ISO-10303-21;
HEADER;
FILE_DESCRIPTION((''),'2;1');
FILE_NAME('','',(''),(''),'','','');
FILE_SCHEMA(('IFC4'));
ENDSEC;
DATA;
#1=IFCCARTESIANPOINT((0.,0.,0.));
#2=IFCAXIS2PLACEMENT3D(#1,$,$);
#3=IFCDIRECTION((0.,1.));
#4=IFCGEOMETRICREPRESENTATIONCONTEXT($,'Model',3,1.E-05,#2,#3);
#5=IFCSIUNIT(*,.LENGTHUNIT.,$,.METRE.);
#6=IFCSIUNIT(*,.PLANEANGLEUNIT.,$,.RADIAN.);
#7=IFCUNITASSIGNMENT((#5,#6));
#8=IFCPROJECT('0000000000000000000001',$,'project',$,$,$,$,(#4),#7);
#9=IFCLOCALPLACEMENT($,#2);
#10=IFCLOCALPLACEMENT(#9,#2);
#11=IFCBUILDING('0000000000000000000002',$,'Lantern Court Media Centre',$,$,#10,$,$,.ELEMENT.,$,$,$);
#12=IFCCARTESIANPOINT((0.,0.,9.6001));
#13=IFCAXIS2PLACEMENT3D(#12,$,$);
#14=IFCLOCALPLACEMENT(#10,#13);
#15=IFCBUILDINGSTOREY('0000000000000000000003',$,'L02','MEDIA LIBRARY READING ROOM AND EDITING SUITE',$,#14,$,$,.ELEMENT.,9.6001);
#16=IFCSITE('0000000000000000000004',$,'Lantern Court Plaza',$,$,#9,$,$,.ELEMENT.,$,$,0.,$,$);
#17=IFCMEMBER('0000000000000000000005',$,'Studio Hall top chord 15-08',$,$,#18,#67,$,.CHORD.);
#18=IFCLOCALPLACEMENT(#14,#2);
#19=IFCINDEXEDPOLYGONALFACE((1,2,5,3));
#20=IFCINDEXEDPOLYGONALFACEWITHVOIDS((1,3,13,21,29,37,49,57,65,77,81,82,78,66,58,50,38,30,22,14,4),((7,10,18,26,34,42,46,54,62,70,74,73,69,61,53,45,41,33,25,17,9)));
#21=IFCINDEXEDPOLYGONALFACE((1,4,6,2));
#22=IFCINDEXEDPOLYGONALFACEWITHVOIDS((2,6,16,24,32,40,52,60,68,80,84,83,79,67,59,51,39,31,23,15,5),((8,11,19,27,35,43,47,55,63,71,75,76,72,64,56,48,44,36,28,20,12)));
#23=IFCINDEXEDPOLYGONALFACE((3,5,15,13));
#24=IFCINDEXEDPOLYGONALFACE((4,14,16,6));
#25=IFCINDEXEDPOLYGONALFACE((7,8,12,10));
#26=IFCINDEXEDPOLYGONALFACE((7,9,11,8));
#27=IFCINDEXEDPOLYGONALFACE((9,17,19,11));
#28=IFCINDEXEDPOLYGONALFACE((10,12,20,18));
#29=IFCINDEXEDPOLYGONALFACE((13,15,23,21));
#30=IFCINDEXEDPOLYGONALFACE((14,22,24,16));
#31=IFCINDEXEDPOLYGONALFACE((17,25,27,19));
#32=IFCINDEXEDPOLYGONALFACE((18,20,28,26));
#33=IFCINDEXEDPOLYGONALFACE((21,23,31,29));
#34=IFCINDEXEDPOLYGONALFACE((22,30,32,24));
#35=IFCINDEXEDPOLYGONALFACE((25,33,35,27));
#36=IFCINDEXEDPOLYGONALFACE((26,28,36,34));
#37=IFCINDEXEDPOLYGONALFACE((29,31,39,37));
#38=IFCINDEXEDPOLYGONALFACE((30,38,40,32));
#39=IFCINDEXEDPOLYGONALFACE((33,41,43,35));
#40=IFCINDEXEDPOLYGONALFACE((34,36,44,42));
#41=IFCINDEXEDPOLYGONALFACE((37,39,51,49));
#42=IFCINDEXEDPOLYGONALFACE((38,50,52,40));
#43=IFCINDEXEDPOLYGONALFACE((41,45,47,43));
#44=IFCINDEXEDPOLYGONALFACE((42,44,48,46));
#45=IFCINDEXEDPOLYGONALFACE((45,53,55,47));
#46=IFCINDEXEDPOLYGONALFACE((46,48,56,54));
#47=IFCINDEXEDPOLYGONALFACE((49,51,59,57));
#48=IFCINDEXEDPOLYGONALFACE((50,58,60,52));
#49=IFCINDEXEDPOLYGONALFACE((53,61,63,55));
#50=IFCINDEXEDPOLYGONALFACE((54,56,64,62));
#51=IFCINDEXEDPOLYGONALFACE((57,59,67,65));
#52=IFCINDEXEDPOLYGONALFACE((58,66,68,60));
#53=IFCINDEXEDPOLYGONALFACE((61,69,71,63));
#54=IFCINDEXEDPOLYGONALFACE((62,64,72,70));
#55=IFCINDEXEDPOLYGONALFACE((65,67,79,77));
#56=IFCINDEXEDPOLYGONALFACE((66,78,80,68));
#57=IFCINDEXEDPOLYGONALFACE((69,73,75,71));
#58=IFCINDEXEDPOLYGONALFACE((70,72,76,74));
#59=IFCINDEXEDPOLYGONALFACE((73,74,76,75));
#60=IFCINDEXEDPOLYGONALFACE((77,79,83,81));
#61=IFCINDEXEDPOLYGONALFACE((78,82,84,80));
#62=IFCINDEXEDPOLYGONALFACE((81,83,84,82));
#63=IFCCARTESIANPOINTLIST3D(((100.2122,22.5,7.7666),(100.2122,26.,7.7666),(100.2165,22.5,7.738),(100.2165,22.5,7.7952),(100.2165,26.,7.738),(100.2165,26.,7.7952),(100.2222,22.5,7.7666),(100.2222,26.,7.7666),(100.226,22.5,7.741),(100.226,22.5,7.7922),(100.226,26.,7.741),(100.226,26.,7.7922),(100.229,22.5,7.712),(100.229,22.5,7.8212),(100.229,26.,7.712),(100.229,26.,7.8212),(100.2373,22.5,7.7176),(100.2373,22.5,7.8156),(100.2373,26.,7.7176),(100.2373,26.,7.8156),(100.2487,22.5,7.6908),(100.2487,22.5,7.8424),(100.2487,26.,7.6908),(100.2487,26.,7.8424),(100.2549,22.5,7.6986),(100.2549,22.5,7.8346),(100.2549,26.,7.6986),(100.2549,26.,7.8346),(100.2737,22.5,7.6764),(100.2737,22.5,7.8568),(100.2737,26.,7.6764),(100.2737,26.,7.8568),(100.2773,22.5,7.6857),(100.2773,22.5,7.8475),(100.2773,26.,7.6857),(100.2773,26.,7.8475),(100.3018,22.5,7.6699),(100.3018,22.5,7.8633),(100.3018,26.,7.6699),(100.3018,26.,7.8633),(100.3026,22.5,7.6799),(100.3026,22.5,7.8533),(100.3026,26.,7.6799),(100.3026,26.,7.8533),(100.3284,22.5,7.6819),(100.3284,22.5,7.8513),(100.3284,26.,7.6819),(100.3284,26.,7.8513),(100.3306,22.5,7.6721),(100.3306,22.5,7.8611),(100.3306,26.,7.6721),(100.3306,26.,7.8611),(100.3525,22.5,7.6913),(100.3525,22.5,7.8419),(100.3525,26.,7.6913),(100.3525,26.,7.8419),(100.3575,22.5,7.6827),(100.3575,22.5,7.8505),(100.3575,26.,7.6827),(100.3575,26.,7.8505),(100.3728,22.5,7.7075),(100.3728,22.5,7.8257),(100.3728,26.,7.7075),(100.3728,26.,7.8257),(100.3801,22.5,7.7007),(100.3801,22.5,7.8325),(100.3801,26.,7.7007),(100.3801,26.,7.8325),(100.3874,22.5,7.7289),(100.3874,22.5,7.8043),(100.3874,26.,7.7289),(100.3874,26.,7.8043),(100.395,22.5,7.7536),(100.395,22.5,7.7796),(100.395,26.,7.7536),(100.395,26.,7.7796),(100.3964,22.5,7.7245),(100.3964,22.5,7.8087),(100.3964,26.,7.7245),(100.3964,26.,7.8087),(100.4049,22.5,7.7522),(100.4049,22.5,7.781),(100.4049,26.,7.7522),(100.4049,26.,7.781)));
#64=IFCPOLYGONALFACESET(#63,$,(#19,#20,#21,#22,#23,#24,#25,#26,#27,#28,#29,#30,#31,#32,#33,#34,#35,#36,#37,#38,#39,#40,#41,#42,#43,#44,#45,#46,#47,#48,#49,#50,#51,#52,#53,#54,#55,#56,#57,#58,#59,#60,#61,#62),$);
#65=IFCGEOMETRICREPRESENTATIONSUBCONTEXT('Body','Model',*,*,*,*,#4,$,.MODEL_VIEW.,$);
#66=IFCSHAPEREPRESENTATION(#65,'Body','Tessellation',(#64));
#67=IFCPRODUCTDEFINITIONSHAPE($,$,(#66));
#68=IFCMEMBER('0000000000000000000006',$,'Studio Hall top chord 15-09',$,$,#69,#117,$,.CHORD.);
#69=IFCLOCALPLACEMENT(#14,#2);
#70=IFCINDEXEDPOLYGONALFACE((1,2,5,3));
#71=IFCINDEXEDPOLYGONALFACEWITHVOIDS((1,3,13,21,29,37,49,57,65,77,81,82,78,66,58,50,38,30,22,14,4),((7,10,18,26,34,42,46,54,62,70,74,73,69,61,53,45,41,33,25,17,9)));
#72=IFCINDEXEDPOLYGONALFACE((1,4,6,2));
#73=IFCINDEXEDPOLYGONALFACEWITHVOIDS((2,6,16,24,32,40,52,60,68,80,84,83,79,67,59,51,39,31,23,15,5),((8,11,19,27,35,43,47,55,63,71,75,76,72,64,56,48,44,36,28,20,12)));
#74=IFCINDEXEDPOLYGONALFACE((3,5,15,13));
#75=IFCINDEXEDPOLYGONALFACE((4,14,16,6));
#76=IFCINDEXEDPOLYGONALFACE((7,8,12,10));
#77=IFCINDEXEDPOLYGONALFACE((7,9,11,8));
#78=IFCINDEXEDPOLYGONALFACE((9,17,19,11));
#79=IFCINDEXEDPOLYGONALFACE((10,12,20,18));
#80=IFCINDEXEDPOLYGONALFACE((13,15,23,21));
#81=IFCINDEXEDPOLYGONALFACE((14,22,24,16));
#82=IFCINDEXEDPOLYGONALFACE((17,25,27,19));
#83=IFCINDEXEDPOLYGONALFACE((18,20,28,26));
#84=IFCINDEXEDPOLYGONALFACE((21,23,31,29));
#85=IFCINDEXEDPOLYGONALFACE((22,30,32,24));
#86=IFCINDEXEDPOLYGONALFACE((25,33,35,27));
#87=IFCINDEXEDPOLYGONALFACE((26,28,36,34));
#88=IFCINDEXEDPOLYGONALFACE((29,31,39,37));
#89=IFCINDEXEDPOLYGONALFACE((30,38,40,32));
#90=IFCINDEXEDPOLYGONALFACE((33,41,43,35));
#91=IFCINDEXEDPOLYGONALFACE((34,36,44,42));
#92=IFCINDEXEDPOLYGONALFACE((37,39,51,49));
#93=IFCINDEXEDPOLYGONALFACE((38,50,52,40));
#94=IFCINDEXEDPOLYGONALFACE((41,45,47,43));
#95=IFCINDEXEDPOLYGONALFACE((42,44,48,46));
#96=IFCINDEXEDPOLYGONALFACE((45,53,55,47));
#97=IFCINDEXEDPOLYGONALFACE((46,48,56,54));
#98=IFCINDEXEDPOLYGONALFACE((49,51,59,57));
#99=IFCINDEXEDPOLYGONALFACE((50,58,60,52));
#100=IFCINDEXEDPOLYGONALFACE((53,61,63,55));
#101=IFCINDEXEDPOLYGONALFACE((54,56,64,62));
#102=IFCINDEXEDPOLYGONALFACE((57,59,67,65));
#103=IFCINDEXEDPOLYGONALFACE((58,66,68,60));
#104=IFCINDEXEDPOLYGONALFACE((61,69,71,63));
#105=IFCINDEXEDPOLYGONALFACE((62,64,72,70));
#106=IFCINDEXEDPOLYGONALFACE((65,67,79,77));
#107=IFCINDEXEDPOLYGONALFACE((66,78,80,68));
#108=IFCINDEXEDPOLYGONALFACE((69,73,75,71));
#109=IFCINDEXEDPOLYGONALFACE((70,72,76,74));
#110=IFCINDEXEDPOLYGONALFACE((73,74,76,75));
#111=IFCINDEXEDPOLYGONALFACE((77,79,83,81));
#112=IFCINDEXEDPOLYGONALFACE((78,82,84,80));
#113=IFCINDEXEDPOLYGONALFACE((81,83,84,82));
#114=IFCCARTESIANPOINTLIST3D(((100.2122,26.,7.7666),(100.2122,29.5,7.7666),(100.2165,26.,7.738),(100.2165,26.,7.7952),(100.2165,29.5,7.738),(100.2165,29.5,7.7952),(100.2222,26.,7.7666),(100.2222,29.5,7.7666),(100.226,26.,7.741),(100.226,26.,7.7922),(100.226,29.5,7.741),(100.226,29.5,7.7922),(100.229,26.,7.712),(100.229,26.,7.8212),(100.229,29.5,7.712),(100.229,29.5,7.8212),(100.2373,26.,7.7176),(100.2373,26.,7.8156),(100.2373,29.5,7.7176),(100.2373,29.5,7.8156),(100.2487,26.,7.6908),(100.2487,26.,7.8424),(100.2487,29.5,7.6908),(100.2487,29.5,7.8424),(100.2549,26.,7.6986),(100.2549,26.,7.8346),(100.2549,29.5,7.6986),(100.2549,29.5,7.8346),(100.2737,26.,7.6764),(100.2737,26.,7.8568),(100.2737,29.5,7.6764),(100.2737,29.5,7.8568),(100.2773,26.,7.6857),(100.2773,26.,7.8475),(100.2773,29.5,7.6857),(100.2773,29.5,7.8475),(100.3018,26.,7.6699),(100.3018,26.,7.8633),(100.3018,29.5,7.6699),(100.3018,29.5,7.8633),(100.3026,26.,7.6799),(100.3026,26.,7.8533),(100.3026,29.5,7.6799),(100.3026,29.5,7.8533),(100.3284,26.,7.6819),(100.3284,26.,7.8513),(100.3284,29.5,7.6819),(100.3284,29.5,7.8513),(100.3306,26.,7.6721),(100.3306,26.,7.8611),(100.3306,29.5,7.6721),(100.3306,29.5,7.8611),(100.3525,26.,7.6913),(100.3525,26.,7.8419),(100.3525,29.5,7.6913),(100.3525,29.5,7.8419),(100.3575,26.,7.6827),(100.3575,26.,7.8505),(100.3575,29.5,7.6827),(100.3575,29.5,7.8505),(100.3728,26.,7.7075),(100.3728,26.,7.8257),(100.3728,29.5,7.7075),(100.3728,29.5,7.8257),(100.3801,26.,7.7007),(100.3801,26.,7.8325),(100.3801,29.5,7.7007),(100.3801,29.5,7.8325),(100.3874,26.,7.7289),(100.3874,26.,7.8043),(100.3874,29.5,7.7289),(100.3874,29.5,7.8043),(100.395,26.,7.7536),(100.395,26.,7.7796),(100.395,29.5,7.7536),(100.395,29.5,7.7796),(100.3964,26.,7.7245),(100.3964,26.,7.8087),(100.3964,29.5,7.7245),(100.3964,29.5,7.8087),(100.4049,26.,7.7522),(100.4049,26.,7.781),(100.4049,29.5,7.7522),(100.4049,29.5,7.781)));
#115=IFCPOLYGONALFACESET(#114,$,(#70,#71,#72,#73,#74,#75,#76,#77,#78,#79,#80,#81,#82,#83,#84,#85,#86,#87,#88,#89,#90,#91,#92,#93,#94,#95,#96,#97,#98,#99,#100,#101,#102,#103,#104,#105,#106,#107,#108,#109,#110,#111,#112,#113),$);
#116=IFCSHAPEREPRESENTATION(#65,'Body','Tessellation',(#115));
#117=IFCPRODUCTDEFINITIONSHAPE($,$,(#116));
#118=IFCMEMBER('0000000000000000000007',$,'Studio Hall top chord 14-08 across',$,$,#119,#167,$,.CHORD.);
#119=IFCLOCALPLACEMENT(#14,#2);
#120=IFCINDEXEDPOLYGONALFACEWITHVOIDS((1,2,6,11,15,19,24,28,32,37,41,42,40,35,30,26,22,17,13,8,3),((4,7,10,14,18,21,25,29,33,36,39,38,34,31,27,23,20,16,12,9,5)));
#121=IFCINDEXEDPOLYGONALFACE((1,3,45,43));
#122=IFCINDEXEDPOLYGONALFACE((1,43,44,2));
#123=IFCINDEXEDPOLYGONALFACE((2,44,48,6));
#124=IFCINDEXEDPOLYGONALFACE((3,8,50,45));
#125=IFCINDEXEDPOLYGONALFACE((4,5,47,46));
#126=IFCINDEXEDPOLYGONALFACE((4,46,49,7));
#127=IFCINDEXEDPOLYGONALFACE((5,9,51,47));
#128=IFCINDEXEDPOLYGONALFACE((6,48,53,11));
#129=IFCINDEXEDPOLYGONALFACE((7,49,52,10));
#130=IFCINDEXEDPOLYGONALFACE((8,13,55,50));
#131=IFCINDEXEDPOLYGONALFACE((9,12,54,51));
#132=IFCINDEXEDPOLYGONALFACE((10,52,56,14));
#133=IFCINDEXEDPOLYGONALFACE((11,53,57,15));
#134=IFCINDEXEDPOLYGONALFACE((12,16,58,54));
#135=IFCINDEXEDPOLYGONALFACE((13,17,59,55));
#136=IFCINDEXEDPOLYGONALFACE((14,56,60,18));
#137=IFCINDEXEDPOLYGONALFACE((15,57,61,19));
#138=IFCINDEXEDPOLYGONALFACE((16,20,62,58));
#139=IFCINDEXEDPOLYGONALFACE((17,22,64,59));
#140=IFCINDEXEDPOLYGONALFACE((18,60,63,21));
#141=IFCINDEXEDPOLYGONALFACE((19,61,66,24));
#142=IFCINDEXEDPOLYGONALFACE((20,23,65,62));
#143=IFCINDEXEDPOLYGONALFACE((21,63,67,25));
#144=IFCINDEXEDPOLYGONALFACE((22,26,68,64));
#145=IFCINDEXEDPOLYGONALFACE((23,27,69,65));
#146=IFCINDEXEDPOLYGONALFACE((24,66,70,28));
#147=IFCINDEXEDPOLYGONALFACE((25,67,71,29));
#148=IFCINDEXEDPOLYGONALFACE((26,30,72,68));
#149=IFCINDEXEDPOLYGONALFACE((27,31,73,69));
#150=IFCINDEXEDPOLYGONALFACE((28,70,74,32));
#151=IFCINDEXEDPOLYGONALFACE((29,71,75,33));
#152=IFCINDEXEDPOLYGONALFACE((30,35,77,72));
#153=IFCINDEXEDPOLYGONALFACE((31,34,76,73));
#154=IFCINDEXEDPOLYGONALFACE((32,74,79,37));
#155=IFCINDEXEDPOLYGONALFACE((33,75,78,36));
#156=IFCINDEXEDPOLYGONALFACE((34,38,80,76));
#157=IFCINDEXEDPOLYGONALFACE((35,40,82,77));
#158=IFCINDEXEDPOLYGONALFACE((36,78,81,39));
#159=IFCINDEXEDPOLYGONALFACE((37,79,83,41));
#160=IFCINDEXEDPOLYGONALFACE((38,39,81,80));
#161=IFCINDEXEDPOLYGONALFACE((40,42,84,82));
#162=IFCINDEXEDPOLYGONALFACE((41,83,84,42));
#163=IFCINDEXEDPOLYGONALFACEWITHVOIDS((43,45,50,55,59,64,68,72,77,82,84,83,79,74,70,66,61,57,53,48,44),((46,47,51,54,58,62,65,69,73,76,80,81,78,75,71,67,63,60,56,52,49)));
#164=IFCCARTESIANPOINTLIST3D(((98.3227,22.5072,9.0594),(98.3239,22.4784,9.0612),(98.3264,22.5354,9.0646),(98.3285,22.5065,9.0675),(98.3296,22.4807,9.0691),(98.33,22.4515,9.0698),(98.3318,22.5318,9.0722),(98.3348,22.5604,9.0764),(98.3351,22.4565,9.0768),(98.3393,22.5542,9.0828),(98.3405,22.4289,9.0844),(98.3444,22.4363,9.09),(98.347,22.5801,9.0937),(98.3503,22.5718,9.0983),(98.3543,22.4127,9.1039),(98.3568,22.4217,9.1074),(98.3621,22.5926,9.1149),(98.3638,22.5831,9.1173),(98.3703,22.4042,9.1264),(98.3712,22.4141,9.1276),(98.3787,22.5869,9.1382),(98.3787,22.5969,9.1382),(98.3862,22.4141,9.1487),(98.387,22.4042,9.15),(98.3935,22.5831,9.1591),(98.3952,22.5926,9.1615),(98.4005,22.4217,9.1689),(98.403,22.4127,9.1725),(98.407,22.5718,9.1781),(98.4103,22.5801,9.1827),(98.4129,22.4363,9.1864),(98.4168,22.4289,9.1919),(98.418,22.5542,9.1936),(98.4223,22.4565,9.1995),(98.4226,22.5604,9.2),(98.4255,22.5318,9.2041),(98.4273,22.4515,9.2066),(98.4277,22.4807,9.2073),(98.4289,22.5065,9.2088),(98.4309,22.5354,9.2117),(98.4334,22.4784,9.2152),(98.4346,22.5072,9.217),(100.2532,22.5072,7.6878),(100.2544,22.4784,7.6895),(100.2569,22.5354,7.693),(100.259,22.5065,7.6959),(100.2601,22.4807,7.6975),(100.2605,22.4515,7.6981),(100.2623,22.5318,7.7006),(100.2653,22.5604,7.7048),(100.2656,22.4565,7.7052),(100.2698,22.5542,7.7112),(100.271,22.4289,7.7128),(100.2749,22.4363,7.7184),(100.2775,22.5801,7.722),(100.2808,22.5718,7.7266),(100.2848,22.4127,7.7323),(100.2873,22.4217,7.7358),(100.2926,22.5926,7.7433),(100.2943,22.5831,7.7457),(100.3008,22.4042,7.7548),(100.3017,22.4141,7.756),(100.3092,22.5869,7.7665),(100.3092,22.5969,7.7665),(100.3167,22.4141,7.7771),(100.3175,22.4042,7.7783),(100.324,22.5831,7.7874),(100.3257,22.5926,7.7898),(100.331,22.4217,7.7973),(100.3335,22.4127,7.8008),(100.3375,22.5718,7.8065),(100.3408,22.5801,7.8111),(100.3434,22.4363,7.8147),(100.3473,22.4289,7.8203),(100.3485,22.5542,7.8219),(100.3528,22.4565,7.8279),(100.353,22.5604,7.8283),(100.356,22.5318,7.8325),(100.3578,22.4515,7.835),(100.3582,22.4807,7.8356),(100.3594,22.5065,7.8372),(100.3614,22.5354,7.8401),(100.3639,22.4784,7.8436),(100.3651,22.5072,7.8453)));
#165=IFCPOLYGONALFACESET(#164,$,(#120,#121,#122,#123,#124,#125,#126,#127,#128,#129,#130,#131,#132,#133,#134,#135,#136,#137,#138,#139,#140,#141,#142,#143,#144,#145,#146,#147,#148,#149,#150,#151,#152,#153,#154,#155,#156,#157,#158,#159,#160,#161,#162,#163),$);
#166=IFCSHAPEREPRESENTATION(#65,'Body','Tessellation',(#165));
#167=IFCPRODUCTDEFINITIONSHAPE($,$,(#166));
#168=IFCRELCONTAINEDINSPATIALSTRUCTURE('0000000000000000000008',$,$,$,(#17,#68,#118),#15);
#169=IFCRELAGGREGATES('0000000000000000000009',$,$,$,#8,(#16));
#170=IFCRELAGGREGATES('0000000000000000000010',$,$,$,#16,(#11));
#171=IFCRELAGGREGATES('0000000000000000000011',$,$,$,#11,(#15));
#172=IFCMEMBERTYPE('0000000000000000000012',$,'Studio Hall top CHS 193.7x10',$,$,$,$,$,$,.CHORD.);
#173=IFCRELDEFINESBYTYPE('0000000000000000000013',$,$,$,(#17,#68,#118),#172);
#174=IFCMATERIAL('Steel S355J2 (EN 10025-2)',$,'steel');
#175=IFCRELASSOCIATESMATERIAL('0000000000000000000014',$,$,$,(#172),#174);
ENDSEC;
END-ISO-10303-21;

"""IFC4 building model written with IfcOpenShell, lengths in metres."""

from ifc_helpers import new_model, si_unit, direction, frame, origin, origin_2d, place, context, subcontext, project, spatial, hollow_circle, extrude, material, material_profile, profile_set, type_object, element, save


model = new_model("IFC4")

# Units and contexts
model_context = context("Model", 3, precision=1e-05, world=origin(), true_north=direction((0.0, 1.0)))
body_context = subcontext(model_context, "Body", "Model", "MODEL_VIEW")
ifc_project = project(units=[si_unit("LENGTHUNIT", "METRE"), si_unit("PLANEANGLEUNIT", "RADIAN")], contexts=[model_context])

# Site, building, storey
site_placement = place(None, origin())
site = spatial("IfcSite", under=ifc_project, at=site_placement, Name="Lantern Court Plaza", CompositionType="ELEMENT", RefElevation=0.0)
building_placement = place(site_placement, origin())
building = spatial("IfcBuilding", under=site, at=building_placement, Name="Lantern Court Media Centre", CompositionType="ELEMENT")
storey_placement = place(building_placement, frame((0.0, 0.0, 9.6001)))
storey = spatial("IfcBuildingStorey", under=building, at=storey_placement, Name="L02", Description="MEDIA LIBRARY READING ROOM AND EDITING SUITE", CompositionType="ELEMENT", Elevation=9.6001)

# Members
ifc_material = material(Name="Steel S355J2 (EN 10025-2)", Category="steel")
ifc_material_profile_1 = material_profile(ifc_material, hollow_circle(Radius=0.0969, WallThickness=0.01, at=origin_2d()), Name="Studio Hall top CHS 193.7x10")
ifc_profile_set_1 = profile_set([ifc_material_profile_1], Name="Steel S355J2 (EN 10025-2)")
member_type_1 = type_object("IfcMemberType", Name="Studio Hall top CHS 193.7x10", PredefinedType="CHORD", material=ifc_profile_set_1)
for number, where, z_axis, x_axis, name in (
    (1, (100.3091, 22.5, 7.7666), (0.0, 1.0, 0.0), (-1.0, 0.0, 0.0), "Studio Hall top chord 15-08"),
    (2, (100.3091, 26.0, 7.7666), (0.0, 1.0, 0.0), (-1.0, 0.0, 0.0), "Studio Hall top chord 15-09"),
):
    element("IfcMember", number, at=place(storey_placement, frame(where, z_axis=z_axis, x_axis=x_axis)), inside=storey, type_object=member_type_1, Name=name, PredefinedType="CHORD", context=body_context, shape_type="SweptSolid", body=[
        extrude(hollow_circle(Radius=0.0969, WallThickness=0.01, at=origin_2d()), origin(), (0.0, 0.0, 1.0), 3.5),
    ])
for number, where, z_axis, x_axis, name in (
    (3, (98.3787, 22.5, 9.1382), (0.815187, 0.0, -0.579198), (0.0, 1.0, 0.0), "Studio Hall top chord 14-08 across"),
):
    element("IfcMember", number, at=place(storey_placement, frame(where, z_axis=z_axis, x_axis=x_axis)), inside=storey, type_object=member_type_1, Name=name, PredefinedType="CHORD", context=body_context, shape_type="SweptSolid", body=[
        extrude(hollow_circle(Radius=0.0969, WallThickness=0.01, at=origin_2d()), origin(), (0.0, 0.0, 1.0), 2.3682),
    ])

save(model, "model.ifc")
